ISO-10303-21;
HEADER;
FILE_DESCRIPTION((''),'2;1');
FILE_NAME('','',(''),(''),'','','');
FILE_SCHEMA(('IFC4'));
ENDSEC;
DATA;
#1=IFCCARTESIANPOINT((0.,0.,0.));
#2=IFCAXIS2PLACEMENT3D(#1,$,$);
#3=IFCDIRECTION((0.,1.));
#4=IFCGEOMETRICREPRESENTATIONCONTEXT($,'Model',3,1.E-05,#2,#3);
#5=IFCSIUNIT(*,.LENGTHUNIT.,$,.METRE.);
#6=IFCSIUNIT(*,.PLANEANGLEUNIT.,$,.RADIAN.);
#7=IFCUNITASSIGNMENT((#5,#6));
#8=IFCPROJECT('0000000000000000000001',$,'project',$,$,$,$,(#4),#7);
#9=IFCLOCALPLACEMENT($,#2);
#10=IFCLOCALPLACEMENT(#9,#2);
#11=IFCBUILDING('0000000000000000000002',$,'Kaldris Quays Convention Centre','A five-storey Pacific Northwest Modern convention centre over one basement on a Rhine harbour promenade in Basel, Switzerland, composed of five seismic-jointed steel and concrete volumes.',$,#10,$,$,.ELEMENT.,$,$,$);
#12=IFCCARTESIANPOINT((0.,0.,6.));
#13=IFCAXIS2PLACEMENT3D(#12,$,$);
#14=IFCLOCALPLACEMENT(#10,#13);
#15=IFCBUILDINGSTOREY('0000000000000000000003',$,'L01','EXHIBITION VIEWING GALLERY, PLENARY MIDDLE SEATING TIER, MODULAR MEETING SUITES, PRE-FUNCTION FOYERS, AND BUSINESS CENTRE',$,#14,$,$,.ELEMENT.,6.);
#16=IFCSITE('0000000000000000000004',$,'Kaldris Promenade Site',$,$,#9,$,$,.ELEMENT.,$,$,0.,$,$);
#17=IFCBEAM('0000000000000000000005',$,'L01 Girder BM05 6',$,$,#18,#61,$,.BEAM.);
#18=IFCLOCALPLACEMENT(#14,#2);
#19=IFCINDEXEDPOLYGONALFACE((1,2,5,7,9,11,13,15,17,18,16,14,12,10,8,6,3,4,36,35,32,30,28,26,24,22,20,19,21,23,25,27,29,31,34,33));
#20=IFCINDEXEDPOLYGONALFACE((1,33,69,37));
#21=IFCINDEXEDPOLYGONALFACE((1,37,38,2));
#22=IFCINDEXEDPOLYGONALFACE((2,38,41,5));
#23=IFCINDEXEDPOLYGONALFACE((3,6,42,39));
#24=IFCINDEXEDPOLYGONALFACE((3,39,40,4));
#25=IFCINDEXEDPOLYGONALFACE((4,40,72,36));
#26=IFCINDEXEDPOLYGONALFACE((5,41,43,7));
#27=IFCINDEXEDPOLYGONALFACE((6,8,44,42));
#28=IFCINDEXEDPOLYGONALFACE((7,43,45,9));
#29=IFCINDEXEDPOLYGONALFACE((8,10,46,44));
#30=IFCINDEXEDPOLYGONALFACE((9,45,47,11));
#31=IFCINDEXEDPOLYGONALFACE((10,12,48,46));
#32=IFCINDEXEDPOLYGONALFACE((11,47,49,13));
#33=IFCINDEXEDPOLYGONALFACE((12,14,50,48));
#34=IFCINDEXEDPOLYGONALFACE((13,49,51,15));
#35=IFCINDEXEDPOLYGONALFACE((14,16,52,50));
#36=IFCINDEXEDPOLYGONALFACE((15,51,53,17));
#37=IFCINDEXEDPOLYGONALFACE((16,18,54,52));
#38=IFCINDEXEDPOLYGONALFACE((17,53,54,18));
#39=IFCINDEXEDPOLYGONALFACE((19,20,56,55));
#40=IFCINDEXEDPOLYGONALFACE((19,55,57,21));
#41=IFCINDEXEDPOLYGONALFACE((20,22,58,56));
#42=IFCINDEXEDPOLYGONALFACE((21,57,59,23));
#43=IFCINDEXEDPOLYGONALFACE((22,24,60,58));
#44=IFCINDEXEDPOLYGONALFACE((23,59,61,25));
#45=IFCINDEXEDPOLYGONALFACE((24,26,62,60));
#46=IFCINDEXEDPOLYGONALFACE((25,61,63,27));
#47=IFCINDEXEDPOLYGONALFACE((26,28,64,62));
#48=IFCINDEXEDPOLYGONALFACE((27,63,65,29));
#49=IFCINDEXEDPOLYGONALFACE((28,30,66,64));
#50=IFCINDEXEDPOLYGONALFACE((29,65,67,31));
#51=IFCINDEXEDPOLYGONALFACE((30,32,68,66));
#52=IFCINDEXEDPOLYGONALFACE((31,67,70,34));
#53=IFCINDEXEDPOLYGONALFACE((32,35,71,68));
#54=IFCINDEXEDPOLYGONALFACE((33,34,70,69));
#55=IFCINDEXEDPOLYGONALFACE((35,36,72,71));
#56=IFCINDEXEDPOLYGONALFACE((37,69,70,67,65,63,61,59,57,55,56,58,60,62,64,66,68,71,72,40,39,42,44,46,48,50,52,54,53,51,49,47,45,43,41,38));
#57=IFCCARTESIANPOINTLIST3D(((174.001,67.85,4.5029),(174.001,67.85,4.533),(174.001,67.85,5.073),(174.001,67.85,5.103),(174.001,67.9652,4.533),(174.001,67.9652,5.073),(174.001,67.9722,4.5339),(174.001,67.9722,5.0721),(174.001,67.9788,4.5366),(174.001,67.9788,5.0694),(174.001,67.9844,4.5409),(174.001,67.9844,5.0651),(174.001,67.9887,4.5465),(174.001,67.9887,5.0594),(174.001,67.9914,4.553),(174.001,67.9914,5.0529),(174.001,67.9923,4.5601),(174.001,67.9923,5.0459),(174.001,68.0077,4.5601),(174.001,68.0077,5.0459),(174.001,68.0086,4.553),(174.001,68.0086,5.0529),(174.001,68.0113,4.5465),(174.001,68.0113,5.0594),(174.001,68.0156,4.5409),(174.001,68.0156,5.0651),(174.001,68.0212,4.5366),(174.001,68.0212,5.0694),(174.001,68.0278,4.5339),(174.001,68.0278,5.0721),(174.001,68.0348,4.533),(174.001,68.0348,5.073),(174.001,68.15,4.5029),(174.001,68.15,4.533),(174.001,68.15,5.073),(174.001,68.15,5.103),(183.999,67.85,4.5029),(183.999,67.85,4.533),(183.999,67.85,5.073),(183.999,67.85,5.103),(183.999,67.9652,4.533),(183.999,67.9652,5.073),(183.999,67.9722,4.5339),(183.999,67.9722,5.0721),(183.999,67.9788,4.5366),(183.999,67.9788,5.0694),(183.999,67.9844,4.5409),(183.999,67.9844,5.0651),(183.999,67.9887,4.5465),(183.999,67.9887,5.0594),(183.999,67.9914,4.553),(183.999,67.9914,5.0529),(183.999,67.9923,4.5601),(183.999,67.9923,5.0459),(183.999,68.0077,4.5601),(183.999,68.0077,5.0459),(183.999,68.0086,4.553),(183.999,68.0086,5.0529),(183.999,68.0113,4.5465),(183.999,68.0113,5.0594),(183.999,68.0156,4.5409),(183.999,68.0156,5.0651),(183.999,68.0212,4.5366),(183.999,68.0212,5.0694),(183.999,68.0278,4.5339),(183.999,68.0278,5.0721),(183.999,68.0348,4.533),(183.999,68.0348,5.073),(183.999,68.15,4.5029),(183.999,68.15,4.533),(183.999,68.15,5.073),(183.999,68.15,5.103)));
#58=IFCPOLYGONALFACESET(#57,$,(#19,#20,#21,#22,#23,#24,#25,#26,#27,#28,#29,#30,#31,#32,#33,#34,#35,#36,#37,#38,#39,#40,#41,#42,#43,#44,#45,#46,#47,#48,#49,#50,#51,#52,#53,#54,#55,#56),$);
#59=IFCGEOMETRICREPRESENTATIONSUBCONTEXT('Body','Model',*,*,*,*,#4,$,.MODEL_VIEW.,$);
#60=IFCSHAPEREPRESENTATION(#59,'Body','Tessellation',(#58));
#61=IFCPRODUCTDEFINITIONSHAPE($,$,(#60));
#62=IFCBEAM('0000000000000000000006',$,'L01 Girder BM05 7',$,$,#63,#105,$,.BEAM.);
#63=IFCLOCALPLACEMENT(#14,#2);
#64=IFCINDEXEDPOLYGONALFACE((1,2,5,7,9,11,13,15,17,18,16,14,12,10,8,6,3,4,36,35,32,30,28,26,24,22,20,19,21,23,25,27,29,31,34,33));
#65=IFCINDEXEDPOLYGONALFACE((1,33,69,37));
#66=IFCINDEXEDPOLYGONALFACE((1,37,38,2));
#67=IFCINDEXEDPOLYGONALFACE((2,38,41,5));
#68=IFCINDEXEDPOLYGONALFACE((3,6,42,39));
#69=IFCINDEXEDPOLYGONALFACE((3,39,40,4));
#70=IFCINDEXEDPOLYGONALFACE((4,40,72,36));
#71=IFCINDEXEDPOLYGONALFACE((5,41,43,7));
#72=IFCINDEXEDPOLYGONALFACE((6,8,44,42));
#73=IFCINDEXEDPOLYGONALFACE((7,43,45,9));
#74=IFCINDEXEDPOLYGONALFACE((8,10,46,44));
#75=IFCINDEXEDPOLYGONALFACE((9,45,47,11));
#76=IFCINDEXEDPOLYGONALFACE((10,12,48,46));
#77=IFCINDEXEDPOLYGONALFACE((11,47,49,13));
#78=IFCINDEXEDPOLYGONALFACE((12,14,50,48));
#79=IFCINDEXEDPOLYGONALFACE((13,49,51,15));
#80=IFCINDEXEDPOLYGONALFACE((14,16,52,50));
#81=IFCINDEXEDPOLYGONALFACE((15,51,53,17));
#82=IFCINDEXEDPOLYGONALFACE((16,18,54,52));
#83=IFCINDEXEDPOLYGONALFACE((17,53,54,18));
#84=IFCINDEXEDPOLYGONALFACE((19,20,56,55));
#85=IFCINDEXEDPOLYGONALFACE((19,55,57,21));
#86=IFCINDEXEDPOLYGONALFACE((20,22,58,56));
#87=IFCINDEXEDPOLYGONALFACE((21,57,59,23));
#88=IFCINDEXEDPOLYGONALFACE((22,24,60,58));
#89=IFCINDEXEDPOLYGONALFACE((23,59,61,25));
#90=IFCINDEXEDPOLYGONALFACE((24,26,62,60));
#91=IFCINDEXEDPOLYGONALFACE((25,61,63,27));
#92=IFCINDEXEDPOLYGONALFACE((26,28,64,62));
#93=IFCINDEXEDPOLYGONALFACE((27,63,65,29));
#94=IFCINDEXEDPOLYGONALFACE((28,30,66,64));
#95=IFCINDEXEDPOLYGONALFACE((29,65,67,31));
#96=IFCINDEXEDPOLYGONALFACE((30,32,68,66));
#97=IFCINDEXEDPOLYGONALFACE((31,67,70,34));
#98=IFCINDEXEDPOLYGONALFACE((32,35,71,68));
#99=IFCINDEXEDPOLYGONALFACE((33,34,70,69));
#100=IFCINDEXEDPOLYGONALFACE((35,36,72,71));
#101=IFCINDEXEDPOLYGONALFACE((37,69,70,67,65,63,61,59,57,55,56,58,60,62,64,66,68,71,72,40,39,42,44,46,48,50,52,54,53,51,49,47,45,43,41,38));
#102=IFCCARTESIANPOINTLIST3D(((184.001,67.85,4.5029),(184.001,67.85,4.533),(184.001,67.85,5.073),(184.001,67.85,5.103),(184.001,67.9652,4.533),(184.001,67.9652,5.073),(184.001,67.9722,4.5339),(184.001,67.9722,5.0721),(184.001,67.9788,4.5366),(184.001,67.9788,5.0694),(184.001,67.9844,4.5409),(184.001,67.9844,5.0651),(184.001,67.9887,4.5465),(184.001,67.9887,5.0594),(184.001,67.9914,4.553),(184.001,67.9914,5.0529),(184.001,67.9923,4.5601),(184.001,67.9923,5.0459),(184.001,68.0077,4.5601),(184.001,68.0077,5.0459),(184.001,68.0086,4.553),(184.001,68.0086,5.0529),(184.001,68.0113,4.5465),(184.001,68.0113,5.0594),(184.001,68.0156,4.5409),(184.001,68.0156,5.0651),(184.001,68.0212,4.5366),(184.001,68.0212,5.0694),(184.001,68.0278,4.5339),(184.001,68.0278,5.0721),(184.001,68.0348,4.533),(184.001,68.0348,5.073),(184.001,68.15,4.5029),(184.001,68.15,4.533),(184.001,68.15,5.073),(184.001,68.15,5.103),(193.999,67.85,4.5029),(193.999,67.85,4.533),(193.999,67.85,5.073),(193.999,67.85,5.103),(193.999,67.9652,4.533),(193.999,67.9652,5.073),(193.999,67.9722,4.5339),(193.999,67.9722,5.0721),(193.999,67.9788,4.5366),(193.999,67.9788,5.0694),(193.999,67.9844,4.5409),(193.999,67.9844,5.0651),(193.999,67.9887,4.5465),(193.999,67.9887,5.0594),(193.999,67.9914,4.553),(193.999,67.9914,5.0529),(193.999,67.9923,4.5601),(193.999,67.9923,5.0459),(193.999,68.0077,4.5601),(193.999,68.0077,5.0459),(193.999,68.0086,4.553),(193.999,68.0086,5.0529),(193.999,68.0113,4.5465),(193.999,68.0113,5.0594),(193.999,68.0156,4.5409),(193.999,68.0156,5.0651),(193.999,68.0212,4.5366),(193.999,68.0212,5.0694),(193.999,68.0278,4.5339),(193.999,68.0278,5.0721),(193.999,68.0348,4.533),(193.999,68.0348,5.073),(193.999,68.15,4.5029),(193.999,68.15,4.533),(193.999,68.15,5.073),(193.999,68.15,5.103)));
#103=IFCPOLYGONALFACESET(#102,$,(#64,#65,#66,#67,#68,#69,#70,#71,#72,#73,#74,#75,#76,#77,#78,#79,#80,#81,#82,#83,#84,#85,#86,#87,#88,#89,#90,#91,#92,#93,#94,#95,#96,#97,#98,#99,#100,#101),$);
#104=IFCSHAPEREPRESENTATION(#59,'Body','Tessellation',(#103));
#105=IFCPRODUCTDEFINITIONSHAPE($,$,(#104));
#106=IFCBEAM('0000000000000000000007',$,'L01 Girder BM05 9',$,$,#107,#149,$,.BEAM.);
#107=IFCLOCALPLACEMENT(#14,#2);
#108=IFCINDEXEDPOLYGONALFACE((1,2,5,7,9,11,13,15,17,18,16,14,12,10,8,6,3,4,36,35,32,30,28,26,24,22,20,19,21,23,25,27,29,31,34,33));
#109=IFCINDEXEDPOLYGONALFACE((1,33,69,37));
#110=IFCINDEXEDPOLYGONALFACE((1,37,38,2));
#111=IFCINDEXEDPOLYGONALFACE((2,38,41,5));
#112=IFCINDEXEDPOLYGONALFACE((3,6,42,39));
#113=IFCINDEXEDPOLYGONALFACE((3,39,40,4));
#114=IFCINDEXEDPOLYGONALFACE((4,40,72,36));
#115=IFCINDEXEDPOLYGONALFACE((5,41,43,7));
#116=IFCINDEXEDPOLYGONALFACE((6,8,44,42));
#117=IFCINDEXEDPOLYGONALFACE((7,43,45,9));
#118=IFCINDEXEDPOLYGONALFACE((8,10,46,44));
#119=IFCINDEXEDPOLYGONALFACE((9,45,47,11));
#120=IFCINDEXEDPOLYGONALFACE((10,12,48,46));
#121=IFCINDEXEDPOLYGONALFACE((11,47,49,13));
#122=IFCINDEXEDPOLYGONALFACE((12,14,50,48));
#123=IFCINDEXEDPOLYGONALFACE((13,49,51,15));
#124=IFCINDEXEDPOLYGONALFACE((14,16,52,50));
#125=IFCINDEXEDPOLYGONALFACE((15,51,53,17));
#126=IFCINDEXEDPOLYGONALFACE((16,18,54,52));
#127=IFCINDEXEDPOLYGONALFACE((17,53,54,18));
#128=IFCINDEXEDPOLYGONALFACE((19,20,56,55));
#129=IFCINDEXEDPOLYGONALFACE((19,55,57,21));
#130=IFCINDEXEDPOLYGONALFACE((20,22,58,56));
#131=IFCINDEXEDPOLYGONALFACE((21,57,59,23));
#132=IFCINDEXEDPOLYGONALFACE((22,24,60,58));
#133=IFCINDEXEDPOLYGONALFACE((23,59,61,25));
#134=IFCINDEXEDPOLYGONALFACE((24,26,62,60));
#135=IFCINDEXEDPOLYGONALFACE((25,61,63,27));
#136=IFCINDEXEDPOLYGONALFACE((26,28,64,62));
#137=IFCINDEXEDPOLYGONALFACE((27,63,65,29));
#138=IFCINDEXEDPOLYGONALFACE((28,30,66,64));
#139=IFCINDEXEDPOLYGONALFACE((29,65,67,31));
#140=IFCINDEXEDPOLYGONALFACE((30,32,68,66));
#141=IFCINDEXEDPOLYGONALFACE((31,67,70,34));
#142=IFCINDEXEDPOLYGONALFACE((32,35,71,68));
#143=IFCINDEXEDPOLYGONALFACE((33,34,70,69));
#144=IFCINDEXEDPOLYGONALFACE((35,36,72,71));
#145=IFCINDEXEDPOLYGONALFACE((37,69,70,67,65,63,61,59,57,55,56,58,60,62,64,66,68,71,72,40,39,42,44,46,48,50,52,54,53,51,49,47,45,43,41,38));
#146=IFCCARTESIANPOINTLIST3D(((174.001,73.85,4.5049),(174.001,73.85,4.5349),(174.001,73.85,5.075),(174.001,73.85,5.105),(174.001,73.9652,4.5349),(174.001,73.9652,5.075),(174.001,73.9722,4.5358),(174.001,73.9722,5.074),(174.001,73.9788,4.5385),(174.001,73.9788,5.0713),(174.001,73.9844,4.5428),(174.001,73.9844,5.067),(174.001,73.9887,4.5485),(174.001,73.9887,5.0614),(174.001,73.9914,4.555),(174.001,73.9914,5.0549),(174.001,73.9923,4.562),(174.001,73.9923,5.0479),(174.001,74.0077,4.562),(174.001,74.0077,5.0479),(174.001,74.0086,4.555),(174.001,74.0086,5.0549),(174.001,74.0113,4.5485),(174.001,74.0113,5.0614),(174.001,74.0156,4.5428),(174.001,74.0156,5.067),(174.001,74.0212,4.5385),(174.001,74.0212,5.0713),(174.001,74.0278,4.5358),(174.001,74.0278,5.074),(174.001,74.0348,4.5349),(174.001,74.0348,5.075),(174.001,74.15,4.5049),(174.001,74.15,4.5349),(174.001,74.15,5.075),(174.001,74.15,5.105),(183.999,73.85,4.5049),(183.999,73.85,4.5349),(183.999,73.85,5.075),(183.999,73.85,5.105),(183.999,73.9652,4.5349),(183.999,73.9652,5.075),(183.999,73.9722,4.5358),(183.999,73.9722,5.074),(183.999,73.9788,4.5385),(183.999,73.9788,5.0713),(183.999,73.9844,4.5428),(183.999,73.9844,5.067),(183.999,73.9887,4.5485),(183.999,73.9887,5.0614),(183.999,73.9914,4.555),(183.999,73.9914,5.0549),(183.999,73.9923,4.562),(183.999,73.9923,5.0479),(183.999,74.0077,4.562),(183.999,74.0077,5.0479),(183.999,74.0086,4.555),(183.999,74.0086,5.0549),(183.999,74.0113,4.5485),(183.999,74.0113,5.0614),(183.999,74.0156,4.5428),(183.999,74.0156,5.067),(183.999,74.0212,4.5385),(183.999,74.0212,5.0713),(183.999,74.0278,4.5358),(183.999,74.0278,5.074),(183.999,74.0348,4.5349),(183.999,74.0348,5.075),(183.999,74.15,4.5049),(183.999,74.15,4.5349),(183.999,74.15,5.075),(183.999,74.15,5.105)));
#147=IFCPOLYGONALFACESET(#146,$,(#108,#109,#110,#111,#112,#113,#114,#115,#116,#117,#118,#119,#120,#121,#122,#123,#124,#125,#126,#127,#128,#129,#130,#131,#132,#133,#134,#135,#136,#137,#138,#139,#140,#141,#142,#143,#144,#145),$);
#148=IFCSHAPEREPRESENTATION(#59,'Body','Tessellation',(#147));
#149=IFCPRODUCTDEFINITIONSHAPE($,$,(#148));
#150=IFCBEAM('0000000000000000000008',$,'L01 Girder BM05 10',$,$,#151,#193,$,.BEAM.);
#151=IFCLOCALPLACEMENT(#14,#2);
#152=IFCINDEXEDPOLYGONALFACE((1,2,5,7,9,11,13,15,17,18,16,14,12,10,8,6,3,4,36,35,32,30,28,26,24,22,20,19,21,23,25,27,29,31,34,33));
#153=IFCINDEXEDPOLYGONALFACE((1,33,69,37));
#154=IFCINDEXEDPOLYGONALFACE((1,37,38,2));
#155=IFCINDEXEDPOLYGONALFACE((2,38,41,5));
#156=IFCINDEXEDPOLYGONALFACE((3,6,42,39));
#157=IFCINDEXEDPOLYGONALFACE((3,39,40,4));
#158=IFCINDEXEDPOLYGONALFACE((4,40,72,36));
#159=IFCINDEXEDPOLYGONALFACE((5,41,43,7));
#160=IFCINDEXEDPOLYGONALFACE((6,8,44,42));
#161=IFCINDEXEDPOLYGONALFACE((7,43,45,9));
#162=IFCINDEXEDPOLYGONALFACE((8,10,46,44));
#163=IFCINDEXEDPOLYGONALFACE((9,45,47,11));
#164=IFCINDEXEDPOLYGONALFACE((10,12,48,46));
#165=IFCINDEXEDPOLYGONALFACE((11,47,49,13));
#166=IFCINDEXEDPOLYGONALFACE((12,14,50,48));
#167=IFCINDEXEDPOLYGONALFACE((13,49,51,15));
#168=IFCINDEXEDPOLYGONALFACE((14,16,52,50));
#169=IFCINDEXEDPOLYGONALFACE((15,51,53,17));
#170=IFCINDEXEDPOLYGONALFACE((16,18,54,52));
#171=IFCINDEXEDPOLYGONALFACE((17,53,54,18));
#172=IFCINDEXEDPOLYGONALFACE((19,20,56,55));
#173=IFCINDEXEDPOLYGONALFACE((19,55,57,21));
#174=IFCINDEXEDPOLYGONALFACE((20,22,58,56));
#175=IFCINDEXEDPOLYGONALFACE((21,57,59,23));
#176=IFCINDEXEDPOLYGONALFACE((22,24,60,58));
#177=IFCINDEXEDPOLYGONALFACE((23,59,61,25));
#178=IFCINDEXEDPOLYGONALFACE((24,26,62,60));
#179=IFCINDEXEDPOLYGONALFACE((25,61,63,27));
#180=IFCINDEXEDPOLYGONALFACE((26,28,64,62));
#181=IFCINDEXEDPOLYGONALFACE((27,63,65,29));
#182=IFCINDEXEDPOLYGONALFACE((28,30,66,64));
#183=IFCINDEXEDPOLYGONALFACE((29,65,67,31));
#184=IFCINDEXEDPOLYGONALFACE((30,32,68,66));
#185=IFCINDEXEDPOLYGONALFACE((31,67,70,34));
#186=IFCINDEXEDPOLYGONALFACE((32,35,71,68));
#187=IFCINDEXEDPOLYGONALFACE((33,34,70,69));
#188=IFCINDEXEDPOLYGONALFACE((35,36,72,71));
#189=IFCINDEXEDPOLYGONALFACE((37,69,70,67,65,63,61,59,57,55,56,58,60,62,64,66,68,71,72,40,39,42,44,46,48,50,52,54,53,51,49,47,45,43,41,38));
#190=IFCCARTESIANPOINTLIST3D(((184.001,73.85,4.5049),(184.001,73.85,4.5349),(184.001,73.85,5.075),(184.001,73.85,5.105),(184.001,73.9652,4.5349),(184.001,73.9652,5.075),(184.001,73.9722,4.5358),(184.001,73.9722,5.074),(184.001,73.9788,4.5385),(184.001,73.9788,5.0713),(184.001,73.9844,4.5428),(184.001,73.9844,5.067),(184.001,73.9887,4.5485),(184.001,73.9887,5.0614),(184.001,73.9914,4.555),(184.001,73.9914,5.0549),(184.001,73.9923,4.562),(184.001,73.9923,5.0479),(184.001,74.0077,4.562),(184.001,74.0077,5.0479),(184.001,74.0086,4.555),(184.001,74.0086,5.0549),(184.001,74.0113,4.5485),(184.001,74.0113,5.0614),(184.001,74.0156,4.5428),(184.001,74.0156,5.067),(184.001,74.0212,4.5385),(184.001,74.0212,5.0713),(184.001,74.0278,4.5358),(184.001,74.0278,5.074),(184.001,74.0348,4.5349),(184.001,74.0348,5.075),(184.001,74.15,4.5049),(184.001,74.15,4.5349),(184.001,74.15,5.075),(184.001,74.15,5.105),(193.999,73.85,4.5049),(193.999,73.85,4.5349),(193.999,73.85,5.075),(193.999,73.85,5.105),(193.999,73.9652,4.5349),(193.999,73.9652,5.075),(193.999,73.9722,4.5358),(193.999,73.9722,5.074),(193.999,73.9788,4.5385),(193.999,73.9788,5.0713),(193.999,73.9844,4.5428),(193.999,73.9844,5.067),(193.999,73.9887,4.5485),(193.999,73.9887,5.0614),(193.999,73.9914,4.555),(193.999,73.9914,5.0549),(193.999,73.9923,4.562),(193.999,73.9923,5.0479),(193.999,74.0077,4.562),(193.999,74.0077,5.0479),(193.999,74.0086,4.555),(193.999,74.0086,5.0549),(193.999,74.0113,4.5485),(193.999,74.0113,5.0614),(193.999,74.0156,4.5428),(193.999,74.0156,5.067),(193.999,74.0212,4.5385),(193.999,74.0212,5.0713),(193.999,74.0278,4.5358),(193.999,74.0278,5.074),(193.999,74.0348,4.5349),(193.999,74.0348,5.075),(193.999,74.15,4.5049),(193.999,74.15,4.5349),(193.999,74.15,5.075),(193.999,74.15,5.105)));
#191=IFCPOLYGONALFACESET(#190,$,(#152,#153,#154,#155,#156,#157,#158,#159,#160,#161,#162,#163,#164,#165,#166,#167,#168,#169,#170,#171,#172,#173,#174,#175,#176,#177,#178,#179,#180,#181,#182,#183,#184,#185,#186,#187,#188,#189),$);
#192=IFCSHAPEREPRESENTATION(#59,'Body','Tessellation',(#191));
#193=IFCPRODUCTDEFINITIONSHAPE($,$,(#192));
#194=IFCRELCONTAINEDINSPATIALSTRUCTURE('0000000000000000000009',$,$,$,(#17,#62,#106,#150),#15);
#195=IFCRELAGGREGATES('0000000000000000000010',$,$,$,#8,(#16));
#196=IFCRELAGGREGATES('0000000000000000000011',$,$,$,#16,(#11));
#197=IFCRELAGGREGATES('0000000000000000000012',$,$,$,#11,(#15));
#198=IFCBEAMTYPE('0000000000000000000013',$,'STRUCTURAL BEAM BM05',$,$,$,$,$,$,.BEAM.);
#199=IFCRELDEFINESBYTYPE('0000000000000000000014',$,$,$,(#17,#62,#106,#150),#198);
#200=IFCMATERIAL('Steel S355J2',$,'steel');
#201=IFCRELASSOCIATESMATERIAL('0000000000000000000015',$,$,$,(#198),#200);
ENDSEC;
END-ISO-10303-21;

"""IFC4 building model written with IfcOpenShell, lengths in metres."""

from ifc_helpers import new_model, si_unit, direction, frame, origin, origin_2d, place, context, subcontext, project, spatial, i_section, extrude, material, material_profile, profile_set, type_object, element, save


model = new_model("IFC4")

# Units and contexts
model_context = context("Model", 3, precision=1e-05, world=origin(), true_north=direction((0.0, 1.0)))
body_context = subcontext(model_context, "Body", "Model", "MODEL_VIEW")
ifc_project = project(units=[si_unit("LENGTHUNIT", "METRE"), si_unit("PLANEANGLEUNIT", "RADIAN")], contexts=[model_context])

# Site, building, storey
site_placement = place(None, origin())
site = spatial("IfcSite", under=ifc_project, at=site_placement, Name="Kaldris Promenade Site", CompositionType="ELEMENT", RefElevation=0.0)
building_placement = place(site_placement, origin())
building = spatial("IfcBuilding", under=site, at=building_placement, Name="Kaldris Quays Convention Centre", Description="A five-storey Pacific Northwest Modern convention centre over one basement on a Rhine harbour promenade in Basel, Switzerland, composed of five seismic-jointed steel and concrete volumes.", CompositionType="ELEMENT")
storey_placement = place(building_placement, frame((0.0, 0.0, 6.0)))
storey = spatial("IfcBuildingStorey", under=building, at=storey_placement, Name="L01", Description="EXHIBITION VIEWING GALLERY, PLENARY MIDDLE SEATING TIER, MODULAR MEETING SUITES, PRE-FUNCTION FOYERS, AND BUSINESS CENTRE", CompositionType="ELEMENT", Elevation=6.0)

# Shared definitions
ifc_material_1 = material(Name="Steel S355J2", Category="steel")

# Beams
ifc_material_profile_1 = material_profile(ifc_material_1, i_section(OverallWidth=0.3, OverallDepth=0.6001, WebThickness=0.0154, FlangeThickness=0.03, FilletRadius=0.0271, at=origin_2d()), Name="HEB 600")
ifc_profile_set_1 = profile_set([ifc_material_profile_1], Name="Steel S355J2")
beam_type_1 = type_object("IfcBeamType", Name="STRUCTURAL BEAM BM05", PredefinedType="BEAM", material=ifc_profile_set_1)
for number, where, z_axis, x_axis, name in (
    (1, (174.001, 68.0, 4.803), (1.0, 0.0, 0.0), (0.0, 1.0, 0.0), "L01 Girder BM05 6"),
    (2, (184.001, 68.0, 4.803), (1.0, 0.0, 0.0), (0.0, 1.0, 0.0), "L01 Girder BM05 7"),
    (3, (174.001, 74.0, 4.8049), (1.0, 0.0, 0.0), (0.0, 1.0, 0.0), "L01 Girder BM05 9"),
    (4, (184.001, 74.0, 4.8049), (1.0, 0.0, 0.0), (0.0, 1.0, 0.0), "L01 Girder BM05 10"),
):
    element("IfcBeam", number, at=place(storey_placement, frame(where, z_axis=z_axis, x_axis=x_axis)), inside=storey, type_object=beam_type_1, Name=name, PredefinedType="BEAM", context=body_context, shape_type="SweptSolid", body=[
        extrude(i_section(OverallWidth=0.3, OverallDepth=0.6001, WebThickness=0.0154, FlangeThickness=0.03, FilletRadius=0.0271, at=origin_2d()), origin(), (0.0, 0.0, 1.0), 9.998),
    ])

save(model, "model.ifc")
